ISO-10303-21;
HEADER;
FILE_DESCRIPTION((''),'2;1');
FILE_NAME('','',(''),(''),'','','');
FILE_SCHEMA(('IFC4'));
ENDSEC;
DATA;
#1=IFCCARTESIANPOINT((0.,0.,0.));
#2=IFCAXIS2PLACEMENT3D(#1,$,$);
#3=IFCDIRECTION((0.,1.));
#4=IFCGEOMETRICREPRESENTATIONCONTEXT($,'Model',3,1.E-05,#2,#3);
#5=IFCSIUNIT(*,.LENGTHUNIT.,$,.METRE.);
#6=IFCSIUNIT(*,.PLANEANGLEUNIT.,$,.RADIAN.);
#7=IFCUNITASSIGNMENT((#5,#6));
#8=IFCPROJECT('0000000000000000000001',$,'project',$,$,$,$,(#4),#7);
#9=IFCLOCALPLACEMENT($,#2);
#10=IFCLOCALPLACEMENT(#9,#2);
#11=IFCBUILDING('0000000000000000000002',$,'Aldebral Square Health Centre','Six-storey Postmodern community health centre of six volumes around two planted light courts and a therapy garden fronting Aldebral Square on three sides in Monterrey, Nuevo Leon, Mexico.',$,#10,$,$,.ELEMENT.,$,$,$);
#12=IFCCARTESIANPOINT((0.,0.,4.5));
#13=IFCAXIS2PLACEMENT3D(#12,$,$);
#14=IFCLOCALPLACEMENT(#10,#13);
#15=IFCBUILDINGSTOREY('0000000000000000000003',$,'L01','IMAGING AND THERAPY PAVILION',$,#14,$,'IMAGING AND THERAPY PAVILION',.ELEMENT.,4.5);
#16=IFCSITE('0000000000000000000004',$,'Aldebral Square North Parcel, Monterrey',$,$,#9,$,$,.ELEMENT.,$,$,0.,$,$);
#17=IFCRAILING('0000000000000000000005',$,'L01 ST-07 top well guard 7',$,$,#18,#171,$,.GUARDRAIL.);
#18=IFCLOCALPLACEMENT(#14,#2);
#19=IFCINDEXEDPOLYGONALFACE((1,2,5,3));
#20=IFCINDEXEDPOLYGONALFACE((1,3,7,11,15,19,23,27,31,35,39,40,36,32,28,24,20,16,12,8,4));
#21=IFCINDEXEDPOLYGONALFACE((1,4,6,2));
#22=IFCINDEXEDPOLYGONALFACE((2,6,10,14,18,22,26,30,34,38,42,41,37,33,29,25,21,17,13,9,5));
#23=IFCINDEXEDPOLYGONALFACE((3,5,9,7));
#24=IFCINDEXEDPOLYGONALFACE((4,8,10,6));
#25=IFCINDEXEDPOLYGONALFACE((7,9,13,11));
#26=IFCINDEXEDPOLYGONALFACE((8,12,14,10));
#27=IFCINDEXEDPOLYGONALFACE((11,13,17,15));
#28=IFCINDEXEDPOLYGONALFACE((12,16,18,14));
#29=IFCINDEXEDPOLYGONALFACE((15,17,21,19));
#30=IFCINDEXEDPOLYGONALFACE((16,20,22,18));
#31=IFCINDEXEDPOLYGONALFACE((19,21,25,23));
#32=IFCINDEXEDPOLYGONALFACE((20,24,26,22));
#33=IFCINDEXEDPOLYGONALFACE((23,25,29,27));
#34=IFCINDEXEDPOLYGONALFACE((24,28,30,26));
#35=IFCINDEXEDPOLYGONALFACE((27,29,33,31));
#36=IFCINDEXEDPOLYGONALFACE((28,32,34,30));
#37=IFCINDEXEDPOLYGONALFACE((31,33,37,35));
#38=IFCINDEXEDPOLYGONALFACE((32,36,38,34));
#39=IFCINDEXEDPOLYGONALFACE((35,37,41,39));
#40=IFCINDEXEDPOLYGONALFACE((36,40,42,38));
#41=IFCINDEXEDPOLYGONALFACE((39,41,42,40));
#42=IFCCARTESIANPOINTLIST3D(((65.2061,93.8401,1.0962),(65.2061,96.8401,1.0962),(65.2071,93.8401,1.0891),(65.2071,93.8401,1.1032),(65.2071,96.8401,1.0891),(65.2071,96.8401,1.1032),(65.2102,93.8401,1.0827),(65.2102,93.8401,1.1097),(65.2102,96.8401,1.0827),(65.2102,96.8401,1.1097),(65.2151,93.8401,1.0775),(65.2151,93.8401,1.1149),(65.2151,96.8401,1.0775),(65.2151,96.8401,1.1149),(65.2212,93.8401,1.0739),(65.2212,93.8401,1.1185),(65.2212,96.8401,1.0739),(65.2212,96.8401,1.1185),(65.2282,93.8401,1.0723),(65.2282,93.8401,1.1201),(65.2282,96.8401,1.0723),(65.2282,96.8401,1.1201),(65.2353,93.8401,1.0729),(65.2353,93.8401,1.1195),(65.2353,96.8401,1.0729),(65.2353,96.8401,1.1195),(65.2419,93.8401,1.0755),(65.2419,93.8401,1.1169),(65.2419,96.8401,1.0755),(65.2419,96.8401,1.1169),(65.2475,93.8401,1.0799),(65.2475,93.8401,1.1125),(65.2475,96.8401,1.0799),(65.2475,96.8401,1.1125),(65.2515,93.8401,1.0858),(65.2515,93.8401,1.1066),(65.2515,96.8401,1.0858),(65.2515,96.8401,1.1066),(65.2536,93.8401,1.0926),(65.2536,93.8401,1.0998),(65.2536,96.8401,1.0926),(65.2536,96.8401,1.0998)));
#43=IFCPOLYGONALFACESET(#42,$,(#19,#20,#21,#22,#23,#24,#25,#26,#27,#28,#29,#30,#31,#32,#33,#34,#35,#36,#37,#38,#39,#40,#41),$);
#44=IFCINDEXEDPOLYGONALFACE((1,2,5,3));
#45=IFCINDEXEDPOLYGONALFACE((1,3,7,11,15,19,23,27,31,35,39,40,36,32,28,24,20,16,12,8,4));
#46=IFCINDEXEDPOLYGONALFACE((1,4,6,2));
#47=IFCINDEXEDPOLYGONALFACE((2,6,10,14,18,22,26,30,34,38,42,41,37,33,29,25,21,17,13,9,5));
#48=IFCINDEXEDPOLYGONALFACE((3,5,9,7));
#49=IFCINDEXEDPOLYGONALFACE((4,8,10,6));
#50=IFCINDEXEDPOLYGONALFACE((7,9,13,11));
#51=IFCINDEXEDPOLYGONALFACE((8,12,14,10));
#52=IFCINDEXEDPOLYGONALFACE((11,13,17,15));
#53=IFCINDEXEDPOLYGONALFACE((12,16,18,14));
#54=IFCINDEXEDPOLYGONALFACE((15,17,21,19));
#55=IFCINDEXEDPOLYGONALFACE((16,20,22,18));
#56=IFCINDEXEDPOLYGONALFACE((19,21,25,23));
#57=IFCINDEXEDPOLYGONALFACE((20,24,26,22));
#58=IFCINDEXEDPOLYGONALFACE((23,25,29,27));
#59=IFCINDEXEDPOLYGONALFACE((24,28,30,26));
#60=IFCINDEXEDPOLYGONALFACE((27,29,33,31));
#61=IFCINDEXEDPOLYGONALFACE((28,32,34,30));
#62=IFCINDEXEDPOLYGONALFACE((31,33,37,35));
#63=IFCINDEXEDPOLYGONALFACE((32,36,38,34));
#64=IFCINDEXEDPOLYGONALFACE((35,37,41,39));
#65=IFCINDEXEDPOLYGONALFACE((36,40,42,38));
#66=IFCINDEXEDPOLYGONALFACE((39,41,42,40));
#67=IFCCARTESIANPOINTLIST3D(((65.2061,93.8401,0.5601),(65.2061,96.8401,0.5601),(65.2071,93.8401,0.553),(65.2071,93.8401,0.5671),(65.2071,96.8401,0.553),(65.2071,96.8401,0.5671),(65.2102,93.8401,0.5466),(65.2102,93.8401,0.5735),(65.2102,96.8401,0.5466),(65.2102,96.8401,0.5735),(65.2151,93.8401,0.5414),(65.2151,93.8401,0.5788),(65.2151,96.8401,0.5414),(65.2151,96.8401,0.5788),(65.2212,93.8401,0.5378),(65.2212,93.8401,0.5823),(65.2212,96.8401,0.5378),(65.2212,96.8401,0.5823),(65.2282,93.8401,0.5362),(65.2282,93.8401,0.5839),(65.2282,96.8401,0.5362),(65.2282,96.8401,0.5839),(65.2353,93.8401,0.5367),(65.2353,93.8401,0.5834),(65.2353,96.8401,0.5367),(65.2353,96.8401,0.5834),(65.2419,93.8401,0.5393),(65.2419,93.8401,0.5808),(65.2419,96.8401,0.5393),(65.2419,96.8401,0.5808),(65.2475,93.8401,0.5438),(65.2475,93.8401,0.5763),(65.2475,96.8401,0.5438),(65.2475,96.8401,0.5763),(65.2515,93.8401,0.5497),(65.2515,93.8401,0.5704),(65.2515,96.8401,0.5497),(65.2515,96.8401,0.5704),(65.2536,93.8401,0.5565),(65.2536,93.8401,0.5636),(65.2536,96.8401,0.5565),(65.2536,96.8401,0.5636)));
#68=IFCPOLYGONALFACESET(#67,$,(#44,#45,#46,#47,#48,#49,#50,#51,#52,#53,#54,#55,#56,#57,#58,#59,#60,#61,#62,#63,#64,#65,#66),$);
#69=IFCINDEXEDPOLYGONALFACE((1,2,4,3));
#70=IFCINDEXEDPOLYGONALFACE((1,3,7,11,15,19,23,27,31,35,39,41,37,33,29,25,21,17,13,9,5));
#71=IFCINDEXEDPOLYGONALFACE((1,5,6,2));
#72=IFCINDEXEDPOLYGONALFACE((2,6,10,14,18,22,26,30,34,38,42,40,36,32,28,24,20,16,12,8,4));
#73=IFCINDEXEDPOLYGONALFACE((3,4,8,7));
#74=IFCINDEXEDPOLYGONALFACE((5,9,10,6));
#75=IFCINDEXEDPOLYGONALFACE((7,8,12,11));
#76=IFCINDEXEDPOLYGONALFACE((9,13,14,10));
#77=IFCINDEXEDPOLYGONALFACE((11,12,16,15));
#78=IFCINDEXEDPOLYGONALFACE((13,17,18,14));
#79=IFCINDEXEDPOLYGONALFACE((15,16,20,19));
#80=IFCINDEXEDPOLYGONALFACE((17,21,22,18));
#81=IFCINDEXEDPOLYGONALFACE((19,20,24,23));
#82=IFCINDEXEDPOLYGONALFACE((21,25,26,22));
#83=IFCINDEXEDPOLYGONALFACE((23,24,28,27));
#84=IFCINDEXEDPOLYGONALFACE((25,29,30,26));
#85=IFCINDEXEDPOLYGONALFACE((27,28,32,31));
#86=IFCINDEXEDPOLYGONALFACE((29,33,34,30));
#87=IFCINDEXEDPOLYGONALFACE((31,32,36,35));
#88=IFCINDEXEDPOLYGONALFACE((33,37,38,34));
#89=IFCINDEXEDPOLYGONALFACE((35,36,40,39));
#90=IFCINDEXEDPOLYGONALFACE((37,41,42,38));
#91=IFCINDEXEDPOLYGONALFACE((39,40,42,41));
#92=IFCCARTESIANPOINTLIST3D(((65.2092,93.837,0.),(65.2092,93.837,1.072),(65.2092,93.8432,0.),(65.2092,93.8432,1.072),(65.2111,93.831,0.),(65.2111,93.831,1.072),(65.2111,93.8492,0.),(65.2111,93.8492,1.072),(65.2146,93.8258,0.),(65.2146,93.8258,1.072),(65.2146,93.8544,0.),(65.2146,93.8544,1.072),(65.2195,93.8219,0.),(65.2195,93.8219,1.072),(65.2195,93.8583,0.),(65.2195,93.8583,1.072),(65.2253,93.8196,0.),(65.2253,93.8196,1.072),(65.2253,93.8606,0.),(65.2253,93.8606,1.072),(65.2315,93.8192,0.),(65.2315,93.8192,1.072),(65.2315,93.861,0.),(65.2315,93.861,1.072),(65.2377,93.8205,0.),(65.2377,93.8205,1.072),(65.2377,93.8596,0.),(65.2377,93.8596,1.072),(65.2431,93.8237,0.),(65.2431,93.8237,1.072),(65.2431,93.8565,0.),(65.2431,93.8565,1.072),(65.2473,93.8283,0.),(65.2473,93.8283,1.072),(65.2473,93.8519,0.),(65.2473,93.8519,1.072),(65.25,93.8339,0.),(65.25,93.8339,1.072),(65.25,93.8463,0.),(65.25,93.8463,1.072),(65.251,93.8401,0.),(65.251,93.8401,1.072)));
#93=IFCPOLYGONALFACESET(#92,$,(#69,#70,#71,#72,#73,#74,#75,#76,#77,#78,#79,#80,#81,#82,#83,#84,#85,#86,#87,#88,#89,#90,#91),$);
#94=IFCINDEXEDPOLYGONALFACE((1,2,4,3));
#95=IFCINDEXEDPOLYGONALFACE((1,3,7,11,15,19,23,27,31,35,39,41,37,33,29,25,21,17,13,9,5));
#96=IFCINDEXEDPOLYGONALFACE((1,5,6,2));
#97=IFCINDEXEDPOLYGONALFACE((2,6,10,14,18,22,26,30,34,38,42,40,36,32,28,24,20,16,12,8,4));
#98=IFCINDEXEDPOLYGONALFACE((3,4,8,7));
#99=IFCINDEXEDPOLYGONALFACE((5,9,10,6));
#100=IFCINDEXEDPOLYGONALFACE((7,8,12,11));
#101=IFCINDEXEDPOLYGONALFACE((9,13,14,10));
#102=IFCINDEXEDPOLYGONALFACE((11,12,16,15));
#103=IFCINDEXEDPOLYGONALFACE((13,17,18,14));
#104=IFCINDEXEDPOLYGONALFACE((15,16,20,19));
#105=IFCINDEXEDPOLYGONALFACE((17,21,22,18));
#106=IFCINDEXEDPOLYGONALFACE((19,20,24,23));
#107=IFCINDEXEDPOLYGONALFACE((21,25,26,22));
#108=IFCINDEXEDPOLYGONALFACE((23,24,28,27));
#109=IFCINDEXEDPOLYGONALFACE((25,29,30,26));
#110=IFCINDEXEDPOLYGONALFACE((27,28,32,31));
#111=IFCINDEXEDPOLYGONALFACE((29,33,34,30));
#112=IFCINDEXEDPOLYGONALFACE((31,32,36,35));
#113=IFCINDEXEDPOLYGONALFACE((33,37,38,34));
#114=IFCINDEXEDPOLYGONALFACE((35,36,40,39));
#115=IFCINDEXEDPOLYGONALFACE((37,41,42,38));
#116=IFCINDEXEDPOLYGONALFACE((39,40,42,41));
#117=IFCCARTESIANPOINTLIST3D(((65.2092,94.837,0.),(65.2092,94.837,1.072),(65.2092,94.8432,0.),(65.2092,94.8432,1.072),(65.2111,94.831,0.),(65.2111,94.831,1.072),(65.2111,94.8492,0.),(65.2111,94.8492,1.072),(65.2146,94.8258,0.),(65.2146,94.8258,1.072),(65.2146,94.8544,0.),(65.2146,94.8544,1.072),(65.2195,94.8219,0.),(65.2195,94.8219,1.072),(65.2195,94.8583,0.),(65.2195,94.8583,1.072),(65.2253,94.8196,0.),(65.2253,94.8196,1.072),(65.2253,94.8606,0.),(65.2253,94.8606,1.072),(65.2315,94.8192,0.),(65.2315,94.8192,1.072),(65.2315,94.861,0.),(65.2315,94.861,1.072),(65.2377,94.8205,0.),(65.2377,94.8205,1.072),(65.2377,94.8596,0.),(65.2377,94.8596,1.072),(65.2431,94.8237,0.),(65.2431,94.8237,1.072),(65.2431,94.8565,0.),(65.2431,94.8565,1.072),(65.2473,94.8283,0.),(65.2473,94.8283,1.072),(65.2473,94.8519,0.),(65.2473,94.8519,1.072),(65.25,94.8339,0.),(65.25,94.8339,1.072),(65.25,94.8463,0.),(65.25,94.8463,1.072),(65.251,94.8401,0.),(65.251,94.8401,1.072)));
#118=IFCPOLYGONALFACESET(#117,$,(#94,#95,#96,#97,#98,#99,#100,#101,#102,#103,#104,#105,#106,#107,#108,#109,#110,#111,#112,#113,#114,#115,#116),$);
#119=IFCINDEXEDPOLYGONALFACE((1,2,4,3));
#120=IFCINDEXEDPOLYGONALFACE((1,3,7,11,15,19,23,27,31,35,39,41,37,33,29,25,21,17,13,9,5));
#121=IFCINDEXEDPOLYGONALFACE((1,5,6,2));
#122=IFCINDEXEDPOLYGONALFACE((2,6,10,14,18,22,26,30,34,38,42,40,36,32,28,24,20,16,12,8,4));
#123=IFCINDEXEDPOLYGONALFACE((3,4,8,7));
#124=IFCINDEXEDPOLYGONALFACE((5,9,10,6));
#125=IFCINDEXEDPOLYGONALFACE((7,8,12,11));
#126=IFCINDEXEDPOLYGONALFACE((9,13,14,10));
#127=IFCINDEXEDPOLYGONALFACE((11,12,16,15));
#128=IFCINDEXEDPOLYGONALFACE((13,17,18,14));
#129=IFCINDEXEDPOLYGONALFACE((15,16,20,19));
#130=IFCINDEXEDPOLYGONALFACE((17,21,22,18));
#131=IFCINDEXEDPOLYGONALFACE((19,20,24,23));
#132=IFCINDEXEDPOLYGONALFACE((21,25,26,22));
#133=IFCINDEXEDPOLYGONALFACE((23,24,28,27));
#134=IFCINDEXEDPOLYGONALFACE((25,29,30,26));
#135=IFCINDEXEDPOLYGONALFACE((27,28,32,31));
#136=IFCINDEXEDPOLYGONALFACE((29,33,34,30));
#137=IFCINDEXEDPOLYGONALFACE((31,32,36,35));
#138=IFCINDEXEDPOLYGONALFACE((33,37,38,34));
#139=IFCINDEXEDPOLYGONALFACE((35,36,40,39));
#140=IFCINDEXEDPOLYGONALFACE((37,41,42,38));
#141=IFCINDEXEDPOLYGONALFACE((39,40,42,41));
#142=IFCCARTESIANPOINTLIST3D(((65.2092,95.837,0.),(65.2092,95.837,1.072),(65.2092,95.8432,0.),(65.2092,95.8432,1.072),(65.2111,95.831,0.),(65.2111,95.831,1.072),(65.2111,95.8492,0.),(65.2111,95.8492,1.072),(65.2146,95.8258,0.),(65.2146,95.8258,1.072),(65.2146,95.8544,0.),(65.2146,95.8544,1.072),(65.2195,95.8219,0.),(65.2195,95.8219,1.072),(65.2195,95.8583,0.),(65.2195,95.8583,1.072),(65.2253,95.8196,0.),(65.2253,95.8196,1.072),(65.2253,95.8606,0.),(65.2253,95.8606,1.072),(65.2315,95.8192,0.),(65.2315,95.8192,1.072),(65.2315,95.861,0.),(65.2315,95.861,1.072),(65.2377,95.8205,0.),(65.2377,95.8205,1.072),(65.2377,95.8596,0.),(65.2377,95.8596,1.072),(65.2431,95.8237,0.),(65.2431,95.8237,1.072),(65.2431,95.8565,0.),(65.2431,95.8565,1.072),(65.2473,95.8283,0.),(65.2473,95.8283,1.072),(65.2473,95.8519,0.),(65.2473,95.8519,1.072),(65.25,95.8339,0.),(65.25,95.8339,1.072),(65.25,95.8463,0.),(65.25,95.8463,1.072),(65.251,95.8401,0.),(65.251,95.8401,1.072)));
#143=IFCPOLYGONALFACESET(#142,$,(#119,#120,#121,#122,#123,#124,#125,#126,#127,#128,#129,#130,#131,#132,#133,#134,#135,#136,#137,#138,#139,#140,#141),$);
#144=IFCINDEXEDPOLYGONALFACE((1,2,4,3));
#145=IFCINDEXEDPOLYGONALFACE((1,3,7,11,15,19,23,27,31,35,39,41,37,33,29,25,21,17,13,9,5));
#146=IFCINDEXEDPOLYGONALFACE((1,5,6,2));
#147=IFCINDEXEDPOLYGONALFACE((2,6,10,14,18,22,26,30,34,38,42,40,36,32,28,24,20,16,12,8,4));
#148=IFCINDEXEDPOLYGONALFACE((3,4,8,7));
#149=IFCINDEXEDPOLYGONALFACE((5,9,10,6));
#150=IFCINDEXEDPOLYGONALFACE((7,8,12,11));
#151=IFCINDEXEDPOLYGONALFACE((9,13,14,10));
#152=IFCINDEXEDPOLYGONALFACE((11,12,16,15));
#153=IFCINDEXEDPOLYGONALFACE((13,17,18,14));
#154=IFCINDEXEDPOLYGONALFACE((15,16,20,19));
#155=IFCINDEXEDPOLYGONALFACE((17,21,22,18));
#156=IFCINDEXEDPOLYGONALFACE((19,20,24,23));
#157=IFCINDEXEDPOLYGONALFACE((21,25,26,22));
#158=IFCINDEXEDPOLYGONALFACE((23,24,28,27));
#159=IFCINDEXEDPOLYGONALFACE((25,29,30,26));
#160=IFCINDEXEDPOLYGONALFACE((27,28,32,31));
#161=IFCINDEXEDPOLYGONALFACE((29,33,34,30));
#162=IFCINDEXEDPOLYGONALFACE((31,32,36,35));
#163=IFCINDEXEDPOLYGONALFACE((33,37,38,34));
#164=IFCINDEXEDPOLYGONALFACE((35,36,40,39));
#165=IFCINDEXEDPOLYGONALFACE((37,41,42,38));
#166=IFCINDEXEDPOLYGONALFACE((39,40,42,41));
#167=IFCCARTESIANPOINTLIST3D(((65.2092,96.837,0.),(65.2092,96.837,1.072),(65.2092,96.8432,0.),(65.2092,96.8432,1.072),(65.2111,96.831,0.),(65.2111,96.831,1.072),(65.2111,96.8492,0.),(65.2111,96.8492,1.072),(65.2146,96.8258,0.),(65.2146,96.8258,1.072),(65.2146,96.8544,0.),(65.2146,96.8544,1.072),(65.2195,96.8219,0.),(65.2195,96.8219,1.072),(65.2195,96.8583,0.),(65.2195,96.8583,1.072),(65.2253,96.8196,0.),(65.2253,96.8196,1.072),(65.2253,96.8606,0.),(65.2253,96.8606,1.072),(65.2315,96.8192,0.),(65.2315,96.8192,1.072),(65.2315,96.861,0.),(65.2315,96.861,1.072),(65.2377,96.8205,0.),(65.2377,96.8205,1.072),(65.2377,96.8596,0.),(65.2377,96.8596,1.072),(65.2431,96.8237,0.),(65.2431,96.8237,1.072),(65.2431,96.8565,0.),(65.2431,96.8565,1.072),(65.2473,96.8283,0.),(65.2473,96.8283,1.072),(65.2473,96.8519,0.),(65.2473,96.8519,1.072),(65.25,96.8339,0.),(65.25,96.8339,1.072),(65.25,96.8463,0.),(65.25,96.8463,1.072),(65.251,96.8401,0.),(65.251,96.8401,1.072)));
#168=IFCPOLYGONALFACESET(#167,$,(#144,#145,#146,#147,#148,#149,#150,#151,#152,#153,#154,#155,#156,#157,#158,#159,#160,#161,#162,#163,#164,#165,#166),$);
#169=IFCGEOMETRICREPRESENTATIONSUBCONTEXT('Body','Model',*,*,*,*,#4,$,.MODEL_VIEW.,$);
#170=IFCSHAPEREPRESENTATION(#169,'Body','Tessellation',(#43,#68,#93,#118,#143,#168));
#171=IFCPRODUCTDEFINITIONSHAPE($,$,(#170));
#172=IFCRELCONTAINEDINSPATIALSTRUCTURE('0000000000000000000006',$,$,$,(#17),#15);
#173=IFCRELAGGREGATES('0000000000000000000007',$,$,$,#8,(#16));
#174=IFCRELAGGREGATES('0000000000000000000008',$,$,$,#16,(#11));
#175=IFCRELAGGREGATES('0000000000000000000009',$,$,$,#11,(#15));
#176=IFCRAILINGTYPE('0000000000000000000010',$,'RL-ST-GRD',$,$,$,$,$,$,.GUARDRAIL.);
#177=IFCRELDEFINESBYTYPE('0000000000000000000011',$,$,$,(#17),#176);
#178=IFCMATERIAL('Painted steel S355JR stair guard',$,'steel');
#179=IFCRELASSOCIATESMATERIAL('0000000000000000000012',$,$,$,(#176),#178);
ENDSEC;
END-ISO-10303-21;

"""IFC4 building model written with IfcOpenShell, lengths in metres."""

from ifc_helpers import new_model, si_unit, direction, frame, origin, origin_2d, place, context, subcontext, project, spatial, circle, extrude, material, type_object, element, save


model = new_model("IFC4")

# Units and contexts
model_context = context("Model", 3, precision=1e-05, world=origin(), true_north=direction((0.0, 1.0)))
body_context = subcontext(model_context, "Body", "Model", "MODEL_VIEW")
ifc_project = project(units=[si_unit("LENGTHUNIT", "METRE"), si_unit("PLANEANGLEUNIT", "RADIAN")], contexts=[model_context])

# Site, building, storey
site_placement = place(None, origin())
site = spatial("IfcSite", under=ifc_project, at=site_placement, Name="Aldebral Square North Parcel, Monterrey", CompositionType="ELEMENT", RefElevation=0.0)
building_placement = place(site_placement, origin())
building = spatial("IfcBuilding", under=site, at=building_placement, Name="Aldebral Square Health Centre", Description="Six-storey Postmodern community health centre of six volumes around two planted light courts and a therapy garden fronting Aldebral Square on three sides in Monterrey, Nuevo Leon, Mexico.", CompositionType="ELEMENT")
storey_placement = place(building_placement, frame((0.0, 0.0, 4.5)))
storey = spatial("IfcBuildingStorey", under=building, at=storey_placement, Name="L01", Description="IMAGING AND THERAPY PAVILION", LongName="IMAGING AND THERAPY PAVILION", CompositionType="ELEMENT", Elevation=4.5)

# Railing
ifc_material_1 = material(Name="Painted steel S355JR stair guard", Category="steel")
railing_type_1 = type_object("IfcRailingType", Name="RL-ST-GRD", PredefinedType="GUARDRAIL", material=ifc_material_1)
railing_1_placement = place(storey_placement, frame((65.23, 93.8401, 0.0)))
element("IfcRailing", 1, at=railing_1_placement, inside=storey, type_object=railing_type_1, Name="L01 ST-07 top well guard 7", PredefinedType="GUARDRAIL", context=body_context, shape_type="SweptSolid", body=[
    extrude(circle(Radius=0.0239, at=origin_2d()), frame((0.0, 0.0, 1.0962), z_axis=(0.0, 1.0, 0.0), x_axis=(-1.0, 0.0, 0.0)), (0.0, 0.0, 1.0), 3.0),
    extrude(circle(Radius=0.0239, at=origin_2d()), frame((0.0, 0.0, 0.5601), z_axis=(0.0, 1.0, 0.0), x_axis=(-1.0, 0.0, 0.0)), (0.0, 0.0, 1.0), 3.0),
    extrude(circle(Radius=0.021, at=origin_2d()), origin(), (0.0, 0.0, 1.0), 1.072),
    extrude(circle(Radius=0.021, at=origin_2d()), frame((0.0, 1.0, 0.0)), (0.0, 0.0, 1.0), 1.072),
    extrude(circle(Radius=0.021, at=origin_2d()), frame((0.0, 2.0, 0.0)), (0.0, 0.0, 1.0), 1.072),
    extrude(circle(Radius=0.021, at=origin_2d()), frame((0.0, 3.0, 0.0)), (0.0, 0.0, 1.0), 1.072),
])

save(model, "model.ifc")
